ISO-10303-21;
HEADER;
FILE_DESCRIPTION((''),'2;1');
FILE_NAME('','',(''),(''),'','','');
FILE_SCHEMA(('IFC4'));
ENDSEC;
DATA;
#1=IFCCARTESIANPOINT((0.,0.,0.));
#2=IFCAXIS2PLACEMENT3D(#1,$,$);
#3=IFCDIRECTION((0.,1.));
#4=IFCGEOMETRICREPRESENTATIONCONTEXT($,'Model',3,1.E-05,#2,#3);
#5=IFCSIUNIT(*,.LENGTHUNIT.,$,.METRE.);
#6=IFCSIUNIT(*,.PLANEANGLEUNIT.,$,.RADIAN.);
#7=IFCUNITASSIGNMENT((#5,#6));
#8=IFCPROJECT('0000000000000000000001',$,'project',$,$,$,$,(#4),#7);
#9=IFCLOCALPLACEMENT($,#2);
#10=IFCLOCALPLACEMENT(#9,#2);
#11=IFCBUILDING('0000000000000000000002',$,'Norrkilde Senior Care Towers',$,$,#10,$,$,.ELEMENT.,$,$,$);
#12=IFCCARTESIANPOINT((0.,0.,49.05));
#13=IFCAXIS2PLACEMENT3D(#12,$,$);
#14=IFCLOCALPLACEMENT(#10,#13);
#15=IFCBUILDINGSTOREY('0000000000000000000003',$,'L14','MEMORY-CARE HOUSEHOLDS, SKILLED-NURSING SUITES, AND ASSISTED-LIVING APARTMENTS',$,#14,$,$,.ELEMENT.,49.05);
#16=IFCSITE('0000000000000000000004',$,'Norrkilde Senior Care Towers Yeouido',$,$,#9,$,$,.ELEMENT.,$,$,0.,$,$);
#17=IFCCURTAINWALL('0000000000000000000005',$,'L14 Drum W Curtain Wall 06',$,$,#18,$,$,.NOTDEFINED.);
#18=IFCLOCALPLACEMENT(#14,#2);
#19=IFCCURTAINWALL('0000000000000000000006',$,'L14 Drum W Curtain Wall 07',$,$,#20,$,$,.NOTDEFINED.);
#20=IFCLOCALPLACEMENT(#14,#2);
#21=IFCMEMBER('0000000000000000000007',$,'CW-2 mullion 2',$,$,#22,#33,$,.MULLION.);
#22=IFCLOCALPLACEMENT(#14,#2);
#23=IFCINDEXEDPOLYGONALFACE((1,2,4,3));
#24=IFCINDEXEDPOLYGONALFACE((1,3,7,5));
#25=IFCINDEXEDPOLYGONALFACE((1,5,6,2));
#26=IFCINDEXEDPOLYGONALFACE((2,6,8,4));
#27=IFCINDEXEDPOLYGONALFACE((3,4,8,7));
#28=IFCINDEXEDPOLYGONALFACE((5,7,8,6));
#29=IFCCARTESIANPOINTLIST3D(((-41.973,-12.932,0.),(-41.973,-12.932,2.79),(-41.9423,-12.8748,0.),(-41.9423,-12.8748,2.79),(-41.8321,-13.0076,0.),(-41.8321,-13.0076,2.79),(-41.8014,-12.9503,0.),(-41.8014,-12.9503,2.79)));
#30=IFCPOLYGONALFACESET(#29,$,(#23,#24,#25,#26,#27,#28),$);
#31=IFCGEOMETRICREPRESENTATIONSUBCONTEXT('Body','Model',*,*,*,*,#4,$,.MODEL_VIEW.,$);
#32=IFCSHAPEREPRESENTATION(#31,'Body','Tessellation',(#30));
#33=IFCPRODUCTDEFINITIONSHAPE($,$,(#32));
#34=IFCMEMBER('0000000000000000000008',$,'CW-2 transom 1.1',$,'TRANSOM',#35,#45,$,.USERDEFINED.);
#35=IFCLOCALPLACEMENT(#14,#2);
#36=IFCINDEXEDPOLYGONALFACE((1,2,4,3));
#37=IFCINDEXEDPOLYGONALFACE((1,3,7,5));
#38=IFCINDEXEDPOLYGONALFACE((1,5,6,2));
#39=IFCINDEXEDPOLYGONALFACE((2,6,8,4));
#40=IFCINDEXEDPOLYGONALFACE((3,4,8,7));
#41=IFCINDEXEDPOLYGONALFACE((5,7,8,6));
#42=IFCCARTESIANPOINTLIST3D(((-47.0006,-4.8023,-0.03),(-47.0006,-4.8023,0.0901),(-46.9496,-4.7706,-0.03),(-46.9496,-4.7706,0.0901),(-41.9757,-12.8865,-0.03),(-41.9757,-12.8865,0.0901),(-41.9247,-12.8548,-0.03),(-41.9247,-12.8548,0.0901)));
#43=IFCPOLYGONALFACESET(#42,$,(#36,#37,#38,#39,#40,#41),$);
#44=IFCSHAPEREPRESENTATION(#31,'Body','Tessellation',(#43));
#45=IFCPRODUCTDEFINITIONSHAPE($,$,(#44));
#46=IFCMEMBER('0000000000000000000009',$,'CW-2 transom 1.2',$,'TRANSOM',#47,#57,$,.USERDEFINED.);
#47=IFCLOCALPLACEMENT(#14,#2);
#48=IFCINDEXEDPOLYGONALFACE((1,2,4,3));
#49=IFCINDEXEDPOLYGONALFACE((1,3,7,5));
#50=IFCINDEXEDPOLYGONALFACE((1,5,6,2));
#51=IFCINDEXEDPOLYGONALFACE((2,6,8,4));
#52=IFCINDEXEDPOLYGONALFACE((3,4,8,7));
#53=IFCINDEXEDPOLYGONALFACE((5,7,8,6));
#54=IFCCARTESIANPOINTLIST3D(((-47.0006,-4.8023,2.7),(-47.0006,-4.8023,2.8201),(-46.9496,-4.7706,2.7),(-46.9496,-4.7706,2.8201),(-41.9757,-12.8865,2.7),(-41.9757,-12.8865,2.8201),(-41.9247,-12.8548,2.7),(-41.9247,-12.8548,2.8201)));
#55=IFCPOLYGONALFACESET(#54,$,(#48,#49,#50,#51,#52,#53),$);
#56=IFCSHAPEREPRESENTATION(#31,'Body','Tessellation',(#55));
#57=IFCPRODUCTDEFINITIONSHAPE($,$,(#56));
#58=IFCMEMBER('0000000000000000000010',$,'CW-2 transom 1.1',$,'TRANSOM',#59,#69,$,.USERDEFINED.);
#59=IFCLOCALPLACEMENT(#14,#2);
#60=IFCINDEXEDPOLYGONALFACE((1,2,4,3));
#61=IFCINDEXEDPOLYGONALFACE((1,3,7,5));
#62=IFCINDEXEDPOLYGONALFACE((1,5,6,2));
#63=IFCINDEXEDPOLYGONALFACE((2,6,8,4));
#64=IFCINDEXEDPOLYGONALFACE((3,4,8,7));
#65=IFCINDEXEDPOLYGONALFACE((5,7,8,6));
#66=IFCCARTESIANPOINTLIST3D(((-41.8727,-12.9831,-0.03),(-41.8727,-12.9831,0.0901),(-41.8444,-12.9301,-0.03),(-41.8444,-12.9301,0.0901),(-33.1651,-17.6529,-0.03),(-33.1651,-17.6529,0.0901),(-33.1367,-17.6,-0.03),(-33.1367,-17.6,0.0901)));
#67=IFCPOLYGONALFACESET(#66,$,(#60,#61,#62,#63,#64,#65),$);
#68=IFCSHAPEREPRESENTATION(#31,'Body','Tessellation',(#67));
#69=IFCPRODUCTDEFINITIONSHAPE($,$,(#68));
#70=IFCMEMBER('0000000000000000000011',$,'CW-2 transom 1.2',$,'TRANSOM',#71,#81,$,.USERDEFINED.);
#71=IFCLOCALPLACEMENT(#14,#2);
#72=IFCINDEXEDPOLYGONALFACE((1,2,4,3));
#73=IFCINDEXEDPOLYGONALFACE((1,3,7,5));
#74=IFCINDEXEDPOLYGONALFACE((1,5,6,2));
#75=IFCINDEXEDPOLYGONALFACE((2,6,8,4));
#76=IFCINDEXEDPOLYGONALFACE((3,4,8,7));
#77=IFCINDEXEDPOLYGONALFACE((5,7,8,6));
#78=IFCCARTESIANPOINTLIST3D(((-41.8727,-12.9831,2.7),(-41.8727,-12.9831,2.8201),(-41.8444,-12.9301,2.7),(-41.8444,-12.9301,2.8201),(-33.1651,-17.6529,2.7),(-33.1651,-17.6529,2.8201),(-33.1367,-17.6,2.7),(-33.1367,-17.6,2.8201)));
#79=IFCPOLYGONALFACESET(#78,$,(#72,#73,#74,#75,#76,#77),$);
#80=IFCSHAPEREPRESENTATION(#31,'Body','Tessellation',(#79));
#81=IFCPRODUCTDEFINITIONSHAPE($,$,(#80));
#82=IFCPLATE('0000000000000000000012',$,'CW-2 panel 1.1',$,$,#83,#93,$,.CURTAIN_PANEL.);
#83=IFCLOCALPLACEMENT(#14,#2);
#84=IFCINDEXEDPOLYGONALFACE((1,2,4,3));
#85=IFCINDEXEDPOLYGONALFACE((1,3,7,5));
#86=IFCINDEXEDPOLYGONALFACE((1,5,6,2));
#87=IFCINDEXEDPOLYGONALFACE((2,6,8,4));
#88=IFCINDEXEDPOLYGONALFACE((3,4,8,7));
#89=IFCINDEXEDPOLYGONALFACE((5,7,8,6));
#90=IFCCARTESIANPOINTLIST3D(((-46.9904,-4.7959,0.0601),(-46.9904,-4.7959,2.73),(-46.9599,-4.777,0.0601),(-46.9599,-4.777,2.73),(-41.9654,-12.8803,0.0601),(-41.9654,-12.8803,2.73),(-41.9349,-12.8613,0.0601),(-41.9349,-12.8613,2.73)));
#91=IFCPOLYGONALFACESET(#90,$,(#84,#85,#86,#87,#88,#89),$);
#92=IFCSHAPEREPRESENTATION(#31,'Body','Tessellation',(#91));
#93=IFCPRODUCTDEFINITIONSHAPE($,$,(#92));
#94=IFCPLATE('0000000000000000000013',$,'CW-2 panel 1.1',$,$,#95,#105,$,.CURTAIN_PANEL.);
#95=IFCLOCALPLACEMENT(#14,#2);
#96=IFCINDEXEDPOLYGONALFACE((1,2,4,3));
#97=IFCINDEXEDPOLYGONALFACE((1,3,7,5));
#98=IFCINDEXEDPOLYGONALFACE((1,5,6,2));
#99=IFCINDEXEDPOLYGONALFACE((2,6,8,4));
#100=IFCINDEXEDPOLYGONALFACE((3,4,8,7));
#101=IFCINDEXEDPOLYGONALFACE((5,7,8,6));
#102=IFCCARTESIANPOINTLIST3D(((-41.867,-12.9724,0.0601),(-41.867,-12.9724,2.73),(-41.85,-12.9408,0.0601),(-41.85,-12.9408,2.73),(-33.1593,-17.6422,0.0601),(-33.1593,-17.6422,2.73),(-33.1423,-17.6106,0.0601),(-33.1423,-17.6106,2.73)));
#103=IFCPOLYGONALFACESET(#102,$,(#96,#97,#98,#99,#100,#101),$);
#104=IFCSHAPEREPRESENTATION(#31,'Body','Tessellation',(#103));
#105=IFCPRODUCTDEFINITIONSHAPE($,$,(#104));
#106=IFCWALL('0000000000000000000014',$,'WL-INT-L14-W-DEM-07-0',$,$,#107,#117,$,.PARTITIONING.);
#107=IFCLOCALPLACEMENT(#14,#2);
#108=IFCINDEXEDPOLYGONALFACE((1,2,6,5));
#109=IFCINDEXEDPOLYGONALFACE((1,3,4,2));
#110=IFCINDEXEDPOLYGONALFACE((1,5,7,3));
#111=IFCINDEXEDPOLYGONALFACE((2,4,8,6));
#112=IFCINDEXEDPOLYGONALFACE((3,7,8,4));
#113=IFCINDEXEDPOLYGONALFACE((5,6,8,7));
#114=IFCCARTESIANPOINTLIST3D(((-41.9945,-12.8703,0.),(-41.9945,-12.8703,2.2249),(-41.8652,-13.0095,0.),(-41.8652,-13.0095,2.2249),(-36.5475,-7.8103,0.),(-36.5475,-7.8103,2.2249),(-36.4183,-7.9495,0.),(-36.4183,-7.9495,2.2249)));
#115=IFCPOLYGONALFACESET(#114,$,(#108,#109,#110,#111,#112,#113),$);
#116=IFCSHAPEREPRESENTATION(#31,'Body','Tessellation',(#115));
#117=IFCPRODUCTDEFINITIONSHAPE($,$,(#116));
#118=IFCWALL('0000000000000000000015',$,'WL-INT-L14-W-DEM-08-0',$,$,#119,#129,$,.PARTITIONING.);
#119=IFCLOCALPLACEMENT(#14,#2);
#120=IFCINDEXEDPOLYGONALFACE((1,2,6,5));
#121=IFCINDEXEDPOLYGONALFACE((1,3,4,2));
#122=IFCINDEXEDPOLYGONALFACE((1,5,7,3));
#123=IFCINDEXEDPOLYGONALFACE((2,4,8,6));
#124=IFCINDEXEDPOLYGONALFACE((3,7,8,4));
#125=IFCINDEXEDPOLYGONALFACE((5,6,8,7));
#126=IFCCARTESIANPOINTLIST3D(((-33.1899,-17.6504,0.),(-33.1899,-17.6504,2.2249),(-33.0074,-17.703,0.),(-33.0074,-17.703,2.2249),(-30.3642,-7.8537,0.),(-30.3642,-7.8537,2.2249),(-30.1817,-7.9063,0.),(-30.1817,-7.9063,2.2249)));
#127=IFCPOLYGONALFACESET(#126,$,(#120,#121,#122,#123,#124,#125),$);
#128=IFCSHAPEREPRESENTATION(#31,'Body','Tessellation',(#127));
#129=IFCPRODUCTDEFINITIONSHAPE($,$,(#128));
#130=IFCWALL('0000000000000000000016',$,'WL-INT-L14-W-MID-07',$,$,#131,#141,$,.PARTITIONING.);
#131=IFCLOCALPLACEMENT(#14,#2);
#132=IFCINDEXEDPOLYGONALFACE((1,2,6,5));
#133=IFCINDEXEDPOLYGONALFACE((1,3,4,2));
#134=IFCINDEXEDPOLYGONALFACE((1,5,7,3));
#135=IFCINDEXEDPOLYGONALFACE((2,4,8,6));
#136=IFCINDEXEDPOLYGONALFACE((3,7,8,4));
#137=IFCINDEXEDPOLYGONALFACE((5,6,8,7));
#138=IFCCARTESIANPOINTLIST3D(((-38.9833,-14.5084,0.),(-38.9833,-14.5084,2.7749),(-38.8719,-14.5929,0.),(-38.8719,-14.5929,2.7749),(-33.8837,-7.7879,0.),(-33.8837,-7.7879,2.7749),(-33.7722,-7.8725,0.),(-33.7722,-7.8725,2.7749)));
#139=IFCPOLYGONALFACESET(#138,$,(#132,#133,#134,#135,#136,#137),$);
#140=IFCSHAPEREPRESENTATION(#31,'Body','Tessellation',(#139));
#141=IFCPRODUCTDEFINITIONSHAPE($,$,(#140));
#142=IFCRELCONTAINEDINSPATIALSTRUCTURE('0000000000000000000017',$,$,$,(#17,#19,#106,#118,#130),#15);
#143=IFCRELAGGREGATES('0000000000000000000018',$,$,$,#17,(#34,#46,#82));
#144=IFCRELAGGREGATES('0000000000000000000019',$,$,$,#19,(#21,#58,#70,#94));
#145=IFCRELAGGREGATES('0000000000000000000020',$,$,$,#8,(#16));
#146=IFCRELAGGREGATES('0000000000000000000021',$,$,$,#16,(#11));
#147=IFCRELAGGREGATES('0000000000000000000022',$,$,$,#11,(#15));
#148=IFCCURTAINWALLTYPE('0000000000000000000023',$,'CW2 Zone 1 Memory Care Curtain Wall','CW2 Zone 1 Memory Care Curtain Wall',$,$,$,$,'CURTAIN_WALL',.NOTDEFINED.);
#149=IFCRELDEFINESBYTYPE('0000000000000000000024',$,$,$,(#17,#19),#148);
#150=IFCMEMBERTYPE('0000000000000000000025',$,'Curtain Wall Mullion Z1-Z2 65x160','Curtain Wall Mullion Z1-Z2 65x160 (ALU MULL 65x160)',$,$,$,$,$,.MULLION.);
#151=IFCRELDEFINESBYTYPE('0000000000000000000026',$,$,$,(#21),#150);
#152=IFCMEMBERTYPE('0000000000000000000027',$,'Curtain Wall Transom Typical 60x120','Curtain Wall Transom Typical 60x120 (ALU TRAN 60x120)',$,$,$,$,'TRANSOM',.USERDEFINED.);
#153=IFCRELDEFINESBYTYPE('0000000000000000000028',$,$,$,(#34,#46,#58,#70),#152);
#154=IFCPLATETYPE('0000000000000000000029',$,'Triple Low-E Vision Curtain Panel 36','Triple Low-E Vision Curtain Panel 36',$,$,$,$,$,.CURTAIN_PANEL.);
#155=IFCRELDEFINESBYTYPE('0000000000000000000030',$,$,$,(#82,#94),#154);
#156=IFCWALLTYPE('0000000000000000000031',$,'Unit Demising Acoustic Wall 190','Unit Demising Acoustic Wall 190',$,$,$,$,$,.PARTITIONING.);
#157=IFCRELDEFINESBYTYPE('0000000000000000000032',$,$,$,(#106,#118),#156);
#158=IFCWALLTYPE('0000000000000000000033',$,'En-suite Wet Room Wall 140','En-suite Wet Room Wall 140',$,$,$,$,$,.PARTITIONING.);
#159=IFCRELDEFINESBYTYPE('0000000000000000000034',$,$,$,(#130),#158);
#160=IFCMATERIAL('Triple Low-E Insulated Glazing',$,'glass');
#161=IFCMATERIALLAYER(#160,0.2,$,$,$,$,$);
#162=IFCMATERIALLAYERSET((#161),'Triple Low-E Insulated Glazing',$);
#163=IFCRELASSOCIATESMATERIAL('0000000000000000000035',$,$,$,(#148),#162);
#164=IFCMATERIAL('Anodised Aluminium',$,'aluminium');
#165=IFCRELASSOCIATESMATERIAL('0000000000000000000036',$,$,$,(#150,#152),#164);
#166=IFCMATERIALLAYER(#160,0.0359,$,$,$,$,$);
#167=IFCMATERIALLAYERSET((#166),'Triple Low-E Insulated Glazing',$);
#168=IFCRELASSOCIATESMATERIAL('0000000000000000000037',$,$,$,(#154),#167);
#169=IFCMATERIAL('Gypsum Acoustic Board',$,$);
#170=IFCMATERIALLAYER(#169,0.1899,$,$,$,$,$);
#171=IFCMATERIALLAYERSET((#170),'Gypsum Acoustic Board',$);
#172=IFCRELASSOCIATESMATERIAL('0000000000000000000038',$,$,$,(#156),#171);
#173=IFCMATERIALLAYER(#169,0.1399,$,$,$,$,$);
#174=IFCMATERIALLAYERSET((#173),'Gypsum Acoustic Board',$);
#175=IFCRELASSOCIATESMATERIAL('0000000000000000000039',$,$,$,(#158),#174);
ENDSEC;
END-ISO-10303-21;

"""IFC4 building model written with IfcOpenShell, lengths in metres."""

from ifc_helpers import new_model, si_unit, direction, frame, frame_2d, origin, origin_2d, place, context, subcontext, project, spatial, rectangle, extrude, source, transform, mapped, material, layer, layer_set, material_profile, profile_set, type_object, type_shapes, element, aggregate, save


model = new_model("IFC4")

# Units and contexts
model_context = context("Model", 3, precision=1e-05, world=origin(), true_north=direction((0.0, 1.0)))
body_context = subcontext(model_context, "Body", "Model", "MODEL_VIEW")
ifc_project = project(units=[si_unit("LENGTHUNIT", "METRE"), si_unit("PLANEANGLEUNIT", "RADIAN")], contexts=[model_context])

# Site, building, storey
site_placement = place(None, origin())
site = spatial("IfcSite", under=ifc_project, at=site_placement, Name="Norrkilde Senior Care Towers Yeouido", CompositionType="ELEMENT", RefElevation=0.0)
building_placement = place(site_placement, origin())
building = spatial("IfcBuilding", under=site, at=building_placement, Name="Norrkilde Senior Care Towers", CompositionType="ELEMENT")
storey_placement = place(building_placement, frame((0.0, 0.0, 49.05)))
storey = spatial("IfcBuildingStorey", under=building, at=storey_placement, Name="L14", Description="MEMORY-CARE HOUSEHOLDS, SKILLED-NURSING SUITES, AND ASSISTED-LIVING APARTMENTS", CompositionType="ELEMENT", Elevation=49.05)

# Curtain wall
ifc_material_1 = material(Name="Triple Low-E Insulated Glazing", Category="glass")
ifc_layer_1 = layer(ifc_material_1, 0.2)
ifc_layer_set_1 = layer_set([ifc_layer_1], Name="Triple Low-E Insulated Glazing")
curtain_wall_type = type_object("IfcCurtainWallType", Name="CW2 Zone 1 Memory Care Curtain Wall", Description="CW2 Zone 1 Memory Care Curtain Wall", ElementType="CURTAIN_WALL", PredefinedType="NOTDEFINED", material=ifc_layer_set_1)
curtain_wall_1_placement = place(storey_placement, origin())
curtain_wall_1 = element("IfcCurtainWall", 1, at=curtain_wall_1_placement, inside=storey, type_object=curtain_wall_type, Name="L14 Drum W Curtain Wall 06", PredefinedType="NOTDEFINED")
ifc_material_2 = material(Name="Anodised Aluminium", Category="aluminium")
ifc_material_profile_1 = material_profile(ifc_material_2, rectangle(XDim=0.0649, YDim=0.1599, at=origin_2d()), Name="ALU MULL 65x160")
ifc_profile_set_1 = profile_set([ifc_material_profile_1], Name="Anodised Aluminium")
member_type_1 = type_object("IfcMemberType", Name="Curtain Wall Mullion Z1-Z2 65x160", Description="Curtain Wall Mullion Z1-Z2 65x160 (ALU MULL 65x160)", PredefinedType="MULLION", material=ifc_profile_set_1)
shared_shape_1 = source(origin(), body_context, "Body", "SweptSolid", [
    extrude(rectangle(XDim=0.0649, YDim=0.1599, at=origin_2d()), origin(), (0.0, 0.0, 1.0), 2.79),
])
type_shapes(member_type_1, [shared_shape_1])

# Curtain wall, member
curtain_wall_2_placement = place(storey_placement, origin())
curtain_wall_2 = element("IfcCurtainWall", 2, at=curtain_wall_2_placement, inside=storey, type_object=curtain_wall_type, Name="L14 Drum W Curtain Wall 07", PredefinedType="NOTDEFINED")
member_1_placement = place(storey_placement, frame((-41.8872, -12.9412, 0.0), z_axis=(0.0, 0.0, 1.0), x_axis=(-0.472608, -0.881273, 0.0)))
member_1 = element("IfcMember", 3, at=member_1_placement, type_object=member_type_1, Name="CW-2 mullion 2", PredefinedType="MULLION", context=body_context, shape_type="MappedRepresentation", body=[
    mapped(shared_shape_1, transform((0.0, 0.0, 0.0), x_axis=(1.0, 0.0, 0.0), y_axis=(0.0, 1.0, 0.0), z_axis=(0.0, 0.0, 1.0), scale=1.0)),
])

# Members
ifc_material_profile_2 = material_profile(ifc_material_2, rectangle(XDim=0.0601, YDim=0.1201, at=origin_2d()), Name="ALU TRAN 60x120")
ifc_profile_set_2 = profile_set([ifc_material_profile_2], Name="Anodised Aluminium")
member_type_2 = type_object("IfcMemberType", Name="Curtain Wall Transom Typical 60x120", Description="Curtain Wall Transom Typical 60x120 (ALU TRAN 60x120)", ElementType="TRANSOM", PredefinedType="USERDEFINED", material=ifc_profile_set_2)
shared_shape_2 = source(origin(), body_context, "Body", "SweptSolid", [
    extrude(rectangle(XDim=0.0601, YDim=0.1201, at=origin_2d()), origin(), (0.0, 0.0, 1.0), 9.5186),
])
member_2_placement = place(storey_placement, frame((-41.9502, -12.8706, 0.03), z_axis=(-0.527902, 0.849306, 0.0), x_axis=(-0.849306, -0.527902, 0.0)))
member_2 = element("IfcMember", 4, at=member_2_placement, type_object=member_type_2, Name="CW-2 transom 1.1", ObjectType="TRANSOM", PredefinedType="USERDEFINED", context=body_context, shape_type="MappedRepresentation", body=[
    mapped(shared_shape_2, transform((0.0, 0.0, 0.0), x_axis=(1.0, 0.0, 0.0), y_axis=(0.0, 1.0, 0.0), z_axis=(0.0, 0.0, 1.0), scale=1.0)),
])
member_3_placement = place(storey_placement, frame((-41.9502, -12.8706, 2.76), z_axis=(-0.527902, 0.849306, 0.0), x_axis=(-0.849306, -0.527902, 0.0)))
member_3 = element("IfcMember", 5, at=member_3_placement, type_object=member_type_2, Name="CW-2 transom 1.2", ObjectType="TRANSOM", PredefinedType="USERDEFINED", context=body_context, shape_type="MappedRepresentation", body=[
    mapped(shared_shape_2, transform((0.0, 0.0, 0.0), x_axis=(1.0, 0.0, 0.0), y_axis=(0.0, 1.0, 0.0), z_axis=(0.0, 0.0, 1.0), scale=1.0)),
])
shared_shape_3 = source(origin(), body_context, "Body", "SweptSolid", [
    extrude(rectangle(XDim=0.0601, YDim=0.1201, at=origin_2d()), origin(), (0.0, 0.0, 1.0), 9.8809),
])
type_shapes(member_type_2, [shared_shape_2, shared_shape_3])
member_4_placement = place(storey_placement, frame((-33.1509, -17.6265, 0.03), z_axis=(-0.881267, 0.472618, 0.0), x_axis=(-0.472618, -0.881267, 0.0)))
member_4 = element("IfcMember", 6, at=member_4_placement, type_object=member_type_2, Name="CW-2 transom 1.1", ObjectType="TRANSOM", PredefinedType="USERDEFINED", context=body_context, shape_type="MappedRepresentation", body=[
    mapped(shared_shape_3, transform((0.0, 0.0, 0.0), x_axis=(1.0, 0.0, 0.0), y_axis=(0.0, 1.0, 0.0), z_axis=(0.0, 0.0, 1.0), scale=1.0)),
])
member_5_placement = place(storey_placement, frame((-33.1509, -17.6265, 2.76), z_axis=(-0.881267, 0.472618, 0.0), x_axis=(-0.472618, -0.881267, 0.0)))
member_5 = element("IfcMember", 7, at=member_5_placement, type_object=member_type_2, Name="CW-2 transom 1.2", ObjectType="TRANSOM", PredefinedType="USERDEFINED", context=body_context, shape_type="MappedRepresentation", body=[
    mapped(shared_shape_3, transform((0.0, 0.0, 0.0), x_axis=(1.0, 0.0, 0.0), y_axis=(0.0, 1.0, 0.0), z_axis=(0.0, 0.0, 1.0), scale=1.0)),
])

# Plates
ifc_layer_2 = layer(ifc_material_1, 0.0359)
ifc_layer_set_2 = layer_set([ifc_layer_2], Name="Triple Low-E Insulated Glazing")
plate_type = type_object("IfcPlateType", Name="Triple Low-E Vision Curtain Panel 36", Description="Triple Low-E Vision Curtain Panel 36", PredefinedType="CURTAIN_PANEL", material=ifc_layer_set_2)
shared_shape_4 = source(origin(), body_context, "Body", "SweptSolid", [
    extrude(rectangle(XDim=9.5188, YDim=0.0359, at=origin_2d()), origin(), (0.0, 0.0, 1.0), 2.6699),
])
plate_1_placement = place(storey_placement, frame((-44.4626, -8.8286, 0.0601), z_axis=(0.0, 0.0, 1.0), x_axis=(-0.527901, 0.849306, 0.0)))
plate_1 = element("IfcPlate", 8, at=plate_1_placement, type_object=plate_type, Name="CW-2 panel 1.1", PredefinedType="CURTAIN_PANEL", context=body_context, shape_type="MappedRepresentation", body=[
    mapped(shared_shape_4, transform((0.0, 0.0, 0.0), x_axis=(1.0, 0.0, 0.0), y_axis=(0.0, 1.0, 0.0), z_axis=(0.0, 0.0, 1.0), scale=1.0)),
])
aggregate(curtain_wall_1, [member_2, member_3, plate_1])
shared_shape_5 = source(origin(), body_context, "Body", "SweptSolid", [
    extrude(rectangle(XDim=9.8809, YDim=0.0359, at=origin_2d()), origin(), (0.0, 0.0, 1.0), 2.6699),
])
type_shapes(plate_type, [shared_shape_4, shared_shape_5])
plate_2_placement = place(storey_placement, frame((-37.5046, -15.2915, 0.0601), z_axis=(0.0, 0.0, 1.0), x_axis=(-0.881273, 0.472608, 0.0)))
plate_2 = element("IfcPlate", 9, at=plate_2_placement, type_object=plate_type, Name="CW-2 panel 1.1", PredefinedType="CURTAIN_PANEL", context=body_context, shape_type="MappedRepresentation", body=[
    mapped(shared_shape_5, transform((0.0, 0.0, 0.0), x_axis=(1.0, 0.0, 0.0), y_axis=(0.0, 1.0, 0.0), z_axis=(0.0, 0.0, 1.0), scale=1.0)),
])
aggregate(curtain_wall_2, [member_1, member_4, member_5, plate_2])

# Shared definitions
ifc_material_3 = material(Name="Gypsum Acoustic Board")

# Walls
ifc_layer_3 = layer(ifc_material_3, 0.1899)
ifc_layer_set_3 = layer_set([ifc_layer_3], Name="Gypsum Acoustic Board")
wall_type_1 = type_object("IfcWallType", Name="Unit Demising Acoustic Wall 190", Description="Unit Demising Acoustic Wall 190", PredefinedType="PARTITIONING", material=ifc_layer_set_3)
shared_shape_6 = source(origin(), body_context, "Body", "SweptSolid", [
    extrude(rectangle(XDim=7.4346, YDim=0.1899, at=frame_2d((3.7173, 0.0))), origin(), (0.0, 0.0, 1.0), 2.2249),
])
wall_1_placement = place(storey_placement, frame((-36.4829, -7.8799, 0.0), z_axis=(0.0, 0.0, 1.0), x_axis=(-0.732652, -0.680603, 0.0)))
element("IfcWall", 10, at=wall_1_placement, inside=storey, type_object=wall_type_1, Name="WL-INT-L14-W-DEM-07-0", PredefinedType="PARTITIONING", context=body_context, shape_type="MappedRepresentation", body=[
    mapped(shared_shape_6, transform((0.0, 0.0, 0.0), x_axis=(1.0, 0.0, 0.0), y_axis=(0.0, 1.0, 0.0), z_axis=(0.0, 0.0, 1.0), scale=1.0)),
])
shared_shape_7 = source(origin(), body_context, "Body", "SweptSolid", [
    extrude(rectangle(XDim=10.196, YDim=0.1899, at=frame_2d((5.0981, 0.0))), origin(), (0.0, 0.0, 1.0), 2.2249),
])
type_shapes(wall_type_1, [shared_shape_6, shared_shape_7])
wall_2_placement = place(storey_placement, frame((-30.2729, -7.8799, 0.0), z_axis=(0.0, 0.0, 1.0), x_axis=(-0.277136, -0.960831, 0.0)))
element("IfcWall", 11, at=wall_2_placement, inside=storey, type_object=wall_type_1, Name="WL-INT-L14-W-DEM-08-0", PredefinedType="PARTITIONING", context=body_context, shape_type="MappedRepresentation", body=[
    mapped(shared_shape_7, transform((0.0, 0.0, 0.0), x_axis=(1.0, 0.0, 0.0), y_axis=(0.0, 1.0, 0.0), z_axis=(0.0, 0.0, 1.0), scale=1.0)),
])
ifc_layer_4 = layer(ifc_material_3, 0.1399)
ifc_layer_set_4 = layer_set([ifc_layer_4], Name="Gypsum Acoustic Board")
wall_type_2 = type_object("IfcWallType", Name="En-suite Wet Room Wall 140", Description="En-suite Wet Room Wall 140", PredefinedType="PARTITIONING", material=ifc_layer_set_4)
shared_shape_8 = source(origin(), body_context, "Body", "SweptSolid", [
    extrude(rectangle(XDim=8.4363, YDim=0.1399, at=frame_2d((4.2183, 0.0))), origin(), (0.0, 0.0, 1.0), 2.7749),
])
type_shapes(wall_type_2, [shared_shape_8])
wall_3_placement = place(storey_placement, frame((-33.8279, -7.8301, 0.0), z_axis=(0.0, 0.0, 1.0), x_axis=(-0.604487, -0.796615, 0.0)))
element("IfcWall", 12, at=wall_3_placement, inside=storey, type_object=wall_type_2, Name="WL-INT-L14-W-MID-07", PredefinedType="PARTITIONING", context=body_context, shape_type="MappedRepresentation", body=[
    mapped(shared_shape_8, transform((0.0, 0.0, 0.0), x_axis=(1.0, 0.0, 0.0), y_axis=(0.0, 1.0, 0.0), z_axis=(0.0, 0.0, 1.0), scale=1.0)),
])

save(model, "model.ifc")
